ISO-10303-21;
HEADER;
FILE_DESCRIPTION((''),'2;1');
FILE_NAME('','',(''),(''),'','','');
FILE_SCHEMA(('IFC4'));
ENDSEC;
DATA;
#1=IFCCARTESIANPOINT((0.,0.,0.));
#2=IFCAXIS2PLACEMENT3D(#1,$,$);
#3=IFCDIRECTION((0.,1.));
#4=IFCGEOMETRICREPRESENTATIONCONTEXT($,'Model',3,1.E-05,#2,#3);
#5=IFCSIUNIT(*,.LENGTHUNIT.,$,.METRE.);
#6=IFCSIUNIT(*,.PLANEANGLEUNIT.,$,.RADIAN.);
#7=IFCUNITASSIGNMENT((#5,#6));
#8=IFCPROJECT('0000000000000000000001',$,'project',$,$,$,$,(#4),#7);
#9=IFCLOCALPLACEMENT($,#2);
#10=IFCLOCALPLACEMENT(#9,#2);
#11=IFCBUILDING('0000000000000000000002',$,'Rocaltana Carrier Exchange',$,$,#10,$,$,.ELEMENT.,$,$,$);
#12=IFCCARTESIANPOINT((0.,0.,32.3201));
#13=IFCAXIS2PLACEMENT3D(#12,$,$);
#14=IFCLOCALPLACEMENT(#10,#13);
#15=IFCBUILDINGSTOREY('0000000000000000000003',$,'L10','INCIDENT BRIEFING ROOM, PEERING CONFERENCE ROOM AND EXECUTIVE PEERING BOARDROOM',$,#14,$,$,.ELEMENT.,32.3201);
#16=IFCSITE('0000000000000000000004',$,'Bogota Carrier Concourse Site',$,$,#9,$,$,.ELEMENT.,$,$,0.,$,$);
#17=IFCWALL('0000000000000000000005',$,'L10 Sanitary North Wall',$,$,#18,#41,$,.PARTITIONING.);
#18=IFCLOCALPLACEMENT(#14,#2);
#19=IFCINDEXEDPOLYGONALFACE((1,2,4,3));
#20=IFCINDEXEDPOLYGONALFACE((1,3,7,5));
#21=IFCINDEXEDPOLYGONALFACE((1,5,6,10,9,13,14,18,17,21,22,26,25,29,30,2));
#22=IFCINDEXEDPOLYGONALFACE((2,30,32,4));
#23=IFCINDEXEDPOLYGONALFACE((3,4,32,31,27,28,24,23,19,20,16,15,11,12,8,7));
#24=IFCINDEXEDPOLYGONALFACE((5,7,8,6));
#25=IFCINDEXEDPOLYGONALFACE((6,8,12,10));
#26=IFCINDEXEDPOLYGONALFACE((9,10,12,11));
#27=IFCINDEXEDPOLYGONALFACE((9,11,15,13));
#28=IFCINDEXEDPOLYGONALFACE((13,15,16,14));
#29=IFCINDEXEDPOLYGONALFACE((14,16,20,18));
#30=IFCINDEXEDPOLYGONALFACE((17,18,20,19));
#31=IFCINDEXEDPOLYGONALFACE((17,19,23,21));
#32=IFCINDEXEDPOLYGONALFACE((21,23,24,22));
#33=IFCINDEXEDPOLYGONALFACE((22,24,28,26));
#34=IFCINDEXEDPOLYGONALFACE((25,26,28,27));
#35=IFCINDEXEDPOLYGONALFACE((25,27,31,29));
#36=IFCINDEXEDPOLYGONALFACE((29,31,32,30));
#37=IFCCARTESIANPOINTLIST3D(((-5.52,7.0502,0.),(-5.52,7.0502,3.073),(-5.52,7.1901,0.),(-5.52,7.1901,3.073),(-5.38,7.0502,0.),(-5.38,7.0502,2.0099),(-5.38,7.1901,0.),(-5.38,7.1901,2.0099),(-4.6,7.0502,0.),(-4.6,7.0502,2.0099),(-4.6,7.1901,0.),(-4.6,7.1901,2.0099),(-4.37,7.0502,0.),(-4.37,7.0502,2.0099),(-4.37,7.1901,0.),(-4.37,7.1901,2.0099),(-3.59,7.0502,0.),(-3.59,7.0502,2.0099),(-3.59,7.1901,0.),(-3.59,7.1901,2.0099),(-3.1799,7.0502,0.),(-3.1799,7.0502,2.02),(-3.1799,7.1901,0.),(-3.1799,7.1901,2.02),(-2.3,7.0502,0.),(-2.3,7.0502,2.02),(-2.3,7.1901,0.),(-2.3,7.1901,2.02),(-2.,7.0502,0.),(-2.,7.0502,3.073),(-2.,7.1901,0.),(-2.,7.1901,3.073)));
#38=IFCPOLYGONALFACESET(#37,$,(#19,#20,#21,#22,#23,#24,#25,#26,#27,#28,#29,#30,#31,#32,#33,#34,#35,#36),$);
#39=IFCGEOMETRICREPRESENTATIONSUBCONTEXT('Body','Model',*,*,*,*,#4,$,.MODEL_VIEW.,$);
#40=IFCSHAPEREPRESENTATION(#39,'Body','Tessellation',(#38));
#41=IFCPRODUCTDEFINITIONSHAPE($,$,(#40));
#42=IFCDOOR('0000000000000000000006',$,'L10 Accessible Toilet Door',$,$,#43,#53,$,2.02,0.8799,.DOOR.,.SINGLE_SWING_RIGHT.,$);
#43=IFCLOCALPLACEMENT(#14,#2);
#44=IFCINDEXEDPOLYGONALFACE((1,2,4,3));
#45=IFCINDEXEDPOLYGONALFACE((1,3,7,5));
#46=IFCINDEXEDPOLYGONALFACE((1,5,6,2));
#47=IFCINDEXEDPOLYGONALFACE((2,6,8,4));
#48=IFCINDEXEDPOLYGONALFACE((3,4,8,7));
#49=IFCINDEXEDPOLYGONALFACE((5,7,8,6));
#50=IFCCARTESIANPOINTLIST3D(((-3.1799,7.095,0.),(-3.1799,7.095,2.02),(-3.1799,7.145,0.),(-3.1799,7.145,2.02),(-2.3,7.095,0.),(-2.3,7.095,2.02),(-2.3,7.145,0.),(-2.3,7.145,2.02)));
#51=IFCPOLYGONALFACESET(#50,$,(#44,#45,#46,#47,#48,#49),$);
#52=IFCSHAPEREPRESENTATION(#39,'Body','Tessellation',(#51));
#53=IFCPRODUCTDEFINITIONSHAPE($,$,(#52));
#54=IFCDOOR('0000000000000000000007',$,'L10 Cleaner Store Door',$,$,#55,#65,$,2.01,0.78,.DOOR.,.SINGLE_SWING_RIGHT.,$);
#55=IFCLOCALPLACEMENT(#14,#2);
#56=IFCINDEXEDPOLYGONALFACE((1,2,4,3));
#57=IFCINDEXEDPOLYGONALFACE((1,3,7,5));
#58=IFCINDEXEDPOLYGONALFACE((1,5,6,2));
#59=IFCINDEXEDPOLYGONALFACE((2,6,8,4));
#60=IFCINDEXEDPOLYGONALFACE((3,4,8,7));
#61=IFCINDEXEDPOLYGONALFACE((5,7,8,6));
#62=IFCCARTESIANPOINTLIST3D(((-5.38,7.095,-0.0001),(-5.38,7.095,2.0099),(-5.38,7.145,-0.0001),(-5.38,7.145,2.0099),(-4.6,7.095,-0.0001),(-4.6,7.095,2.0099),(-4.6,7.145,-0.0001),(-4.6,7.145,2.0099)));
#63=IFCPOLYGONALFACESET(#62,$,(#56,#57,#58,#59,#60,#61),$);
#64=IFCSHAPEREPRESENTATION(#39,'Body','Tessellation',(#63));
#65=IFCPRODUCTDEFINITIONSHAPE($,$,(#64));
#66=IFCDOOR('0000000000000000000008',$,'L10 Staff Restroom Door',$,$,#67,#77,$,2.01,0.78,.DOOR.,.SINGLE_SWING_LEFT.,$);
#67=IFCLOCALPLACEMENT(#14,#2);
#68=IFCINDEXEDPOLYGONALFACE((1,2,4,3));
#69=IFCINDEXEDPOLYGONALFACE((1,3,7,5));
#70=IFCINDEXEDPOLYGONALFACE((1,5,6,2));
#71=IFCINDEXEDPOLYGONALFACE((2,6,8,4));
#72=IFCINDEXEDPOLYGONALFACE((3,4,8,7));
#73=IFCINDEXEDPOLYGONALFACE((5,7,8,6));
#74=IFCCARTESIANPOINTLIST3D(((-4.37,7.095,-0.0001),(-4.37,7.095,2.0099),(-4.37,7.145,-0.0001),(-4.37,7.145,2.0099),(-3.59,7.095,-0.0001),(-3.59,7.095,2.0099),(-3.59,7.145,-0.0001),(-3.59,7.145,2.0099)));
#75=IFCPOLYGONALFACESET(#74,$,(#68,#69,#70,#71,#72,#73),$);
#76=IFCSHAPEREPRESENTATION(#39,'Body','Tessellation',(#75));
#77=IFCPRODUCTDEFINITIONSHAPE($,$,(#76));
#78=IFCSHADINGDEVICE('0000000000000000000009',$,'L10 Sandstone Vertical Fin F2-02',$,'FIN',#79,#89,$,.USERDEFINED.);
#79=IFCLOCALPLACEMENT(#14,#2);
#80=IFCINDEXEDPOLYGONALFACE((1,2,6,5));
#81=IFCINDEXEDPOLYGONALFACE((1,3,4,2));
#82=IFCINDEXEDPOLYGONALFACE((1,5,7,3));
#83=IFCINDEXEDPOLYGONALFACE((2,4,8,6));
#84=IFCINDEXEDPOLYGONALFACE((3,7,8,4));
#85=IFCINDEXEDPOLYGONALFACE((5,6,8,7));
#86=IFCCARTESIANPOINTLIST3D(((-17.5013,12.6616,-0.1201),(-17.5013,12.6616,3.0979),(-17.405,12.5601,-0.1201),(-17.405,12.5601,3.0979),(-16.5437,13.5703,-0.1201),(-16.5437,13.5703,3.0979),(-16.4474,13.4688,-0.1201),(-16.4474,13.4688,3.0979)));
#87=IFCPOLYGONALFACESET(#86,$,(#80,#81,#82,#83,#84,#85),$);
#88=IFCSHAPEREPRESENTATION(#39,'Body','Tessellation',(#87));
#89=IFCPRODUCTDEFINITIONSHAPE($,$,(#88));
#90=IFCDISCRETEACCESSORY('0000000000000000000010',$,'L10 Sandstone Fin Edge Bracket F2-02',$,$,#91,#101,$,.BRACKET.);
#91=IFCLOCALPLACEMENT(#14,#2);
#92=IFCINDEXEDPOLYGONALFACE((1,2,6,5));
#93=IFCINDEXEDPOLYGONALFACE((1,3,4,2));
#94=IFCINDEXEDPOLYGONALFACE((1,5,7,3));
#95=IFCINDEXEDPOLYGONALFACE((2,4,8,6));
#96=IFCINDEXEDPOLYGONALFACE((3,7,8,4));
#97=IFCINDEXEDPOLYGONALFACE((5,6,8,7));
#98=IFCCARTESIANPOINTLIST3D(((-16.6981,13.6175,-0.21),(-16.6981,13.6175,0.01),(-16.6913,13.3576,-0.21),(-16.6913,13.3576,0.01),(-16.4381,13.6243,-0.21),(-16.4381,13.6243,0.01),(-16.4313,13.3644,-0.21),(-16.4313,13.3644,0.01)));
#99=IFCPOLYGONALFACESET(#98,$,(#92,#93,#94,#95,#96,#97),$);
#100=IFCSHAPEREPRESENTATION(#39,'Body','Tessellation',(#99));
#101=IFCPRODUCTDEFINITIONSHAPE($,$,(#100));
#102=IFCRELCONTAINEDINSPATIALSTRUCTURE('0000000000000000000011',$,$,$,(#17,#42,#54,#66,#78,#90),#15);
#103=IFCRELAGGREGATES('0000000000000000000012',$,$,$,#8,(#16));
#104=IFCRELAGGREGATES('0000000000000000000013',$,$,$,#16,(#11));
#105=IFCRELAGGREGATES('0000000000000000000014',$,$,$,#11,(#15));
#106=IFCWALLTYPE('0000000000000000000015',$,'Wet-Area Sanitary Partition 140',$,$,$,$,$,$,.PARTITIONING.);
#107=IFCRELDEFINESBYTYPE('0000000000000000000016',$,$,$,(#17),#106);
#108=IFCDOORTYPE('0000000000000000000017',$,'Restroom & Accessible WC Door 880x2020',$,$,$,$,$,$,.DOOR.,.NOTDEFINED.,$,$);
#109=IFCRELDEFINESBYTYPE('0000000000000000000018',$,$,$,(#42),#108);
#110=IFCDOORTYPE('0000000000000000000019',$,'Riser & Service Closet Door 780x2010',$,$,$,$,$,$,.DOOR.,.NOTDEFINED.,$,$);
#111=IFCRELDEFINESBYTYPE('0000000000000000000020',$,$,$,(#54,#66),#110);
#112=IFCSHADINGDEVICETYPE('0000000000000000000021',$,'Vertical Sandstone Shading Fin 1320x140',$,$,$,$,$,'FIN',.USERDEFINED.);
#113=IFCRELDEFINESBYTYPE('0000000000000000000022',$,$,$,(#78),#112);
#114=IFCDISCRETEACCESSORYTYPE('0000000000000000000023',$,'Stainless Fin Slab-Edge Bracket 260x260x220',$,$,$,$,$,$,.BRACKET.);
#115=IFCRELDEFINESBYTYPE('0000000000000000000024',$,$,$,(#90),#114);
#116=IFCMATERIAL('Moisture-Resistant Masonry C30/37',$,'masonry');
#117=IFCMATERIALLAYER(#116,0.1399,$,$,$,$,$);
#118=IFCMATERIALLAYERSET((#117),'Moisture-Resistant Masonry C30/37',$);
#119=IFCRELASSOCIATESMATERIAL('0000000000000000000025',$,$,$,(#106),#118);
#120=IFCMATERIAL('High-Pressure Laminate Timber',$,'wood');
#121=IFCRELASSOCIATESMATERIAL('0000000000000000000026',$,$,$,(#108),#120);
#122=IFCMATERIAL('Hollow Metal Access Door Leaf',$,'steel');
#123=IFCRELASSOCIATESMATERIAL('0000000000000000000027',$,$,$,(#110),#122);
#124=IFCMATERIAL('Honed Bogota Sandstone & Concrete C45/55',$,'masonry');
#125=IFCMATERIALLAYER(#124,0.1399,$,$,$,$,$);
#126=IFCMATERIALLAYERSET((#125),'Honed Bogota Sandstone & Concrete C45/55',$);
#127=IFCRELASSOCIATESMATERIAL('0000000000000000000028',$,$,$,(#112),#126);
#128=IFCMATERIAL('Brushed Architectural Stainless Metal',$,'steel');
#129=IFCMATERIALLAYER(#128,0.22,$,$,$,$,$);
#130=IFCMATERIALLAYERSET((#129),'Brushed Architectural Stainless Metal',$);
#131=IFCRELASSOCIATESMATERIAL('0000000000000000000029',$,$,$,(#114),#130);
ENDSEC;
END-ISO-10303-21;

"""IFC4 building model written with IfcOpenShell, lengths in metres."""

from ifc_helpers import new_model, si_unit, direction, frame, frame_2d, origin, origin_2d, place, context, subcontext, project, spatial, rectangle, extrude, material, layer, layer_set, type_object, element, fill, save


model = new_model("IFC4")

# Units and contexts
model_context = context("Model", 3, precision=1e-05, world=origin(), true_north=direction((0.0, 1.0)))
body_context = subcontext(model_context, "Body", "Model", "MODEL_VIEW")
ifc_project = project(units=[si_unit("LENGTHUNIT", "METRE"), si_unit("PLANEANGLEUNIT", "RADIAN")], contexts=[model_context])

# Site, building, storey
site_placement = place(None, origin())
site = spatial("IfcSite", under=ifc_project, at=site_placement, Name="Bogota Carrier Concourse Site", CompositionType="ELEMENT", RefElevation=0.0)
building_placement = place(site_placement, origin())
building = spatial("IfcBuilding", under=site, at=building_placement, Name="Rocaltana Carrier Exchange", CompositionType="ELEMENT")
storey_placement = place(building_placement, frame((0.0, 0.0, 32.3201)))
storey = spatial("IfcBuildingStorey", under=building, at=storey_placement, Name="L10", Description="INCIDENT BRIEFING ROOM, PEERING CONFERENCE ROOM AND EXECUTIVE PEERING BOARDROOM", CompositionType="ELEMENT", Elevation=32.3201)

# Wall, openings, doors
ifc_material_1 = material(Name="Moisture-Resistant Masonry C30/37", Category="masonry")
ifc_layer_1 = layer(ifc_material_1, 0.1399)
ifc_layer_set_1 = layer_set([ifc_layer_1], Name="Moisture-Resistant Masonry C30/37")
wall_type_1 = type_object("IfcWallType", Name="Wet-Area Sanitary Partition 140", PredefinedType="PARTITIONING", material=ifc_layer_set_1)
wall_1_placement = place(storey_placement, frame((-5.52, 7.1201, 0.0), z_axis=(0.0, 0.0, 1.0), x_axis=(1.0, 0.0, 0.0)))
wall_1 = element("IfcWall", 1, at=wall_1_placement, inside=storey, type_object=wall_type_1, Name="L10 Sanitary North Wall", PredefinedType="PARTITIONING", context=body_context, shape_type="SweptSolid", body=[
    extrude(rectangle(XDim=3.52, YDim=0.1399, at=frame_2d((1.76, 0.0))), origin(), (0.0, 0.0, 1.0), 3.073),
])
opening_1_placement = place(wall_1_placement, frame((0.1399, 0.0, 0.0)))
opening_1 = element("IfcOpeningElement", 2, at=opening_1_placement, cuts=wall_1, PredefinedType="OPENING", context=body_context, shape_type="SweptSolid", body=[
    extrude(rectangle(XDim=0.78, YDim=2.01, at=frame_2d((0.3901, 1.0049))), frame((0.0, 0.0798, 0.0), z_axis=(0.0, -1.0, 0.0), x_axis=(1.0, 0.0, 0.0)), (0.0, 0.0, 1.0), 0.1599),
])
opening_2_placement = place(wall_1_placement, frame((1.1499, 0.0, 0.0)))
opening_2 = element("IfcOpeningElement", 3, at=opening_2_placement, cuts=wall_1, PredefinedType="OPENING", context=body_context, shape_type="SweptSolid", body=[
    extrude(rectangle(XDim=0.78, YDim=2.01, at=frame_2d((0.3901, 1.0049))), frame((0.0, 0.0798, 0.0), z_axis=(0.0, -1.0, 0.0), x_axis=(1.0, 0.0, 0.0)), (0.0, 0.0, 1.0), 0.1599),
])
opening_3_placement = place(wall_1_placement, frame((2.3401, 0.0, 0.0)))
opening_3 = element("IfcOpeningElement", 4, at=opening_3_placement, cuts=wall_1, PredefinedType="OPENING", context=body_context, shape_type="SweptSolid", body=[
    extrude(rectangle(XDim=0.8799, YDim=2.02, at=frame_2d((0.4399, 1.01))), frame((0.0, 0.0798, 0.0), z_axis=(0.0, -1.0, 0.0), x_axis=(1.0, 0.0, 0.0)), (0.0, 0.0, 1.0), 0.1599),
])
ifc_material_2 = material(Name="High-Pressure Laminate Timber", Category="wood")
door_type_1 = type_object("IfcDoorType", Name="Restroom & Accessible WC Door 880x2020", OperationType="NOTDEFINED", PredefinedType="DOOR", material=ifc_material_2)
door_1_placement = place(opening_3_placement, origin())
door_1 = element("IfcDoor", 5, at=door_1_placement, inside=storey, type_object=door_type_1, Name="L10 Accessible Toilet Door", OperationType="SINGLE_SWING_RIGHT", OverallHeight=2.02, OverallWidth=0.8799, PredefinedType="DOOR", context=body_context, shape_type="SweptSolid", body=[
    extrude(rectangle(XDim=0.8799, YDim=2.02, at=frame_2d((0.4399, 1.01))), frame((0.0, 0.0249, 0.0), z_axis=(0.0, -1.0, 0.0), x_axis=(1.0, 0.0, 0.0)), (0.0, 0.0, 1.0), 0.05),
])
fill(opening_3, door_1)
ifc_material_3 = material(Name="Hollow Metal Access Door Leaf", Category="steel")
door_type_2 = type_object("IfcDoorType", Name="Riser & Service Closet Door 780x2010", OperationType="NOTDEFINED", PredefinedType="DOOR", material=ifc_material_3)
door_2_placement = place(opening_1_placement, origin())
door_2 = element("IfcDoor", 6, at=door_2_placement, inside=storey, type_object=door_type_2, Name="L10 Cleaner Store Door", OperationType="SINGLE_SWING_RIGHT", OverallHeight=2.01, OverallWidth=0.78, PredefinedType="DOOR", context=body_context, shape_type="SweptSolid", body=[
    extrude(rectangle(XDim=0.78, YDim=2.01, at=frame_2d((0.3901, 1.0049))), frame((0.0, 0.0249, 0.0), z_axis=(0.0, -1.0, 0.0), x_axis=(1.0, 0.0, 0.0)), (0.0, 0.0, 1.0), 0.05),
])
fill(opening_1, door_2)
door_3_placement = place(opening_2_placement, origin())
door_3 = element("IfcDoor", 7, at=door_3_placement, inside=storey, type_object=door_type_2, Name="L10 Staff Restroom Door", OperationType="SINGLE_SWING_LEFT", OverallHeight=2.01, OverallWidth=0.78, PredefinedType="DOOR", context=body_context, shape_type="SweptSolid", body=[
    extrude(rectangle(XDim=0.78, YDim=2.01, at=frame_2d((0.3901, 1.0049))), frame((0.0, 0.0249, 0.0), z_axis=(0.0, -1.0, 0.0), x_axis=(1.0, 0.0, 0.0)), (0.0, 0.0, 1.0), 0.05),
])
fill(opening_2, door_3)

# Shading device
ifc_material_4 = material(Name="Honed Bogota Sandstone & Concrete C45/55", Category="masonry")
ifc_layer_2 = layer(ifc_material_4, 0.1399)
ifc_layer_set_2 = layer_set([ifc_layer_2], Name="Honed Bogota Sandstone & Concrete C45/55")
shading_device_type = type_object("IfcShadingDeviceType", Name="Vertical Sandstone Shading Fin 1320x140", ElementType="FIN", PredefinedType="USERDEFINED", material=ifc_layer_set_2)
shading_device_placement = place(storey_placement, frame((-16.9744, 13.0652, -0.1201), z_axis=(0.0, 0.0, 1.0), x_axis=(-0.725374, -0.688355, 0.0)))
element("IfcShadingDevice", 8, at=shading_device_placement, inside=storey, type_object=shading_device_type, Name="L10 Sandstone Vertical Fin F2-02", ObjectType="FIN", PredefinedType="USERDEFINED", context=body_context, shape_type="SweptSolid", body=[
    extrude(rectangle(XDim=1.3201, YDim=0.1399, at=origin_2d()), origin(), (0.0, 0.0, 1.0), 3.218),
])

# Discrete accessory
ifc_material_5 = material(Name="Brushed Architectural Stainless Metal", Category="steel")
ifc_layer_3 = layer(ifc_material_5, 0.22)
ifc_layer_set_3 = layer_set([ifc_layer_3], Name="Brushed Architectural Stainless Metal")
discrete_accessory_type = type_object("IfcDiscreteAccessoryType", Name="Stainless Fin Slab-Edge Bracket 260x260x220", PredefinedType="BRACKET", material=ifc_layer_set_3)
discrete_accessory_placement = place(storey_placement, frame((-16.5647, 13.491, -0.21), z_axis=(0.0, 0.0, 1.0), x_axis=(0.026177, -0.999657, 0.0)))
element("IfcDiscreteAccessory", 9, at=discrete_accessory_placement, inside=storey, type_object=discrete_accessory_type, Name="L10 Sandstone Fin Edge Bracket F2-02", PredefinedType="BRACKET", context=body_context, shape_type="SweptSolid", body=[
    extrude(rectangle(XDim=0.26, YDim=0.26, at=origin_2d()), origin(), (0.0, 0.0, 1.0), 0.22),
])

save(model, "model.ifc")
